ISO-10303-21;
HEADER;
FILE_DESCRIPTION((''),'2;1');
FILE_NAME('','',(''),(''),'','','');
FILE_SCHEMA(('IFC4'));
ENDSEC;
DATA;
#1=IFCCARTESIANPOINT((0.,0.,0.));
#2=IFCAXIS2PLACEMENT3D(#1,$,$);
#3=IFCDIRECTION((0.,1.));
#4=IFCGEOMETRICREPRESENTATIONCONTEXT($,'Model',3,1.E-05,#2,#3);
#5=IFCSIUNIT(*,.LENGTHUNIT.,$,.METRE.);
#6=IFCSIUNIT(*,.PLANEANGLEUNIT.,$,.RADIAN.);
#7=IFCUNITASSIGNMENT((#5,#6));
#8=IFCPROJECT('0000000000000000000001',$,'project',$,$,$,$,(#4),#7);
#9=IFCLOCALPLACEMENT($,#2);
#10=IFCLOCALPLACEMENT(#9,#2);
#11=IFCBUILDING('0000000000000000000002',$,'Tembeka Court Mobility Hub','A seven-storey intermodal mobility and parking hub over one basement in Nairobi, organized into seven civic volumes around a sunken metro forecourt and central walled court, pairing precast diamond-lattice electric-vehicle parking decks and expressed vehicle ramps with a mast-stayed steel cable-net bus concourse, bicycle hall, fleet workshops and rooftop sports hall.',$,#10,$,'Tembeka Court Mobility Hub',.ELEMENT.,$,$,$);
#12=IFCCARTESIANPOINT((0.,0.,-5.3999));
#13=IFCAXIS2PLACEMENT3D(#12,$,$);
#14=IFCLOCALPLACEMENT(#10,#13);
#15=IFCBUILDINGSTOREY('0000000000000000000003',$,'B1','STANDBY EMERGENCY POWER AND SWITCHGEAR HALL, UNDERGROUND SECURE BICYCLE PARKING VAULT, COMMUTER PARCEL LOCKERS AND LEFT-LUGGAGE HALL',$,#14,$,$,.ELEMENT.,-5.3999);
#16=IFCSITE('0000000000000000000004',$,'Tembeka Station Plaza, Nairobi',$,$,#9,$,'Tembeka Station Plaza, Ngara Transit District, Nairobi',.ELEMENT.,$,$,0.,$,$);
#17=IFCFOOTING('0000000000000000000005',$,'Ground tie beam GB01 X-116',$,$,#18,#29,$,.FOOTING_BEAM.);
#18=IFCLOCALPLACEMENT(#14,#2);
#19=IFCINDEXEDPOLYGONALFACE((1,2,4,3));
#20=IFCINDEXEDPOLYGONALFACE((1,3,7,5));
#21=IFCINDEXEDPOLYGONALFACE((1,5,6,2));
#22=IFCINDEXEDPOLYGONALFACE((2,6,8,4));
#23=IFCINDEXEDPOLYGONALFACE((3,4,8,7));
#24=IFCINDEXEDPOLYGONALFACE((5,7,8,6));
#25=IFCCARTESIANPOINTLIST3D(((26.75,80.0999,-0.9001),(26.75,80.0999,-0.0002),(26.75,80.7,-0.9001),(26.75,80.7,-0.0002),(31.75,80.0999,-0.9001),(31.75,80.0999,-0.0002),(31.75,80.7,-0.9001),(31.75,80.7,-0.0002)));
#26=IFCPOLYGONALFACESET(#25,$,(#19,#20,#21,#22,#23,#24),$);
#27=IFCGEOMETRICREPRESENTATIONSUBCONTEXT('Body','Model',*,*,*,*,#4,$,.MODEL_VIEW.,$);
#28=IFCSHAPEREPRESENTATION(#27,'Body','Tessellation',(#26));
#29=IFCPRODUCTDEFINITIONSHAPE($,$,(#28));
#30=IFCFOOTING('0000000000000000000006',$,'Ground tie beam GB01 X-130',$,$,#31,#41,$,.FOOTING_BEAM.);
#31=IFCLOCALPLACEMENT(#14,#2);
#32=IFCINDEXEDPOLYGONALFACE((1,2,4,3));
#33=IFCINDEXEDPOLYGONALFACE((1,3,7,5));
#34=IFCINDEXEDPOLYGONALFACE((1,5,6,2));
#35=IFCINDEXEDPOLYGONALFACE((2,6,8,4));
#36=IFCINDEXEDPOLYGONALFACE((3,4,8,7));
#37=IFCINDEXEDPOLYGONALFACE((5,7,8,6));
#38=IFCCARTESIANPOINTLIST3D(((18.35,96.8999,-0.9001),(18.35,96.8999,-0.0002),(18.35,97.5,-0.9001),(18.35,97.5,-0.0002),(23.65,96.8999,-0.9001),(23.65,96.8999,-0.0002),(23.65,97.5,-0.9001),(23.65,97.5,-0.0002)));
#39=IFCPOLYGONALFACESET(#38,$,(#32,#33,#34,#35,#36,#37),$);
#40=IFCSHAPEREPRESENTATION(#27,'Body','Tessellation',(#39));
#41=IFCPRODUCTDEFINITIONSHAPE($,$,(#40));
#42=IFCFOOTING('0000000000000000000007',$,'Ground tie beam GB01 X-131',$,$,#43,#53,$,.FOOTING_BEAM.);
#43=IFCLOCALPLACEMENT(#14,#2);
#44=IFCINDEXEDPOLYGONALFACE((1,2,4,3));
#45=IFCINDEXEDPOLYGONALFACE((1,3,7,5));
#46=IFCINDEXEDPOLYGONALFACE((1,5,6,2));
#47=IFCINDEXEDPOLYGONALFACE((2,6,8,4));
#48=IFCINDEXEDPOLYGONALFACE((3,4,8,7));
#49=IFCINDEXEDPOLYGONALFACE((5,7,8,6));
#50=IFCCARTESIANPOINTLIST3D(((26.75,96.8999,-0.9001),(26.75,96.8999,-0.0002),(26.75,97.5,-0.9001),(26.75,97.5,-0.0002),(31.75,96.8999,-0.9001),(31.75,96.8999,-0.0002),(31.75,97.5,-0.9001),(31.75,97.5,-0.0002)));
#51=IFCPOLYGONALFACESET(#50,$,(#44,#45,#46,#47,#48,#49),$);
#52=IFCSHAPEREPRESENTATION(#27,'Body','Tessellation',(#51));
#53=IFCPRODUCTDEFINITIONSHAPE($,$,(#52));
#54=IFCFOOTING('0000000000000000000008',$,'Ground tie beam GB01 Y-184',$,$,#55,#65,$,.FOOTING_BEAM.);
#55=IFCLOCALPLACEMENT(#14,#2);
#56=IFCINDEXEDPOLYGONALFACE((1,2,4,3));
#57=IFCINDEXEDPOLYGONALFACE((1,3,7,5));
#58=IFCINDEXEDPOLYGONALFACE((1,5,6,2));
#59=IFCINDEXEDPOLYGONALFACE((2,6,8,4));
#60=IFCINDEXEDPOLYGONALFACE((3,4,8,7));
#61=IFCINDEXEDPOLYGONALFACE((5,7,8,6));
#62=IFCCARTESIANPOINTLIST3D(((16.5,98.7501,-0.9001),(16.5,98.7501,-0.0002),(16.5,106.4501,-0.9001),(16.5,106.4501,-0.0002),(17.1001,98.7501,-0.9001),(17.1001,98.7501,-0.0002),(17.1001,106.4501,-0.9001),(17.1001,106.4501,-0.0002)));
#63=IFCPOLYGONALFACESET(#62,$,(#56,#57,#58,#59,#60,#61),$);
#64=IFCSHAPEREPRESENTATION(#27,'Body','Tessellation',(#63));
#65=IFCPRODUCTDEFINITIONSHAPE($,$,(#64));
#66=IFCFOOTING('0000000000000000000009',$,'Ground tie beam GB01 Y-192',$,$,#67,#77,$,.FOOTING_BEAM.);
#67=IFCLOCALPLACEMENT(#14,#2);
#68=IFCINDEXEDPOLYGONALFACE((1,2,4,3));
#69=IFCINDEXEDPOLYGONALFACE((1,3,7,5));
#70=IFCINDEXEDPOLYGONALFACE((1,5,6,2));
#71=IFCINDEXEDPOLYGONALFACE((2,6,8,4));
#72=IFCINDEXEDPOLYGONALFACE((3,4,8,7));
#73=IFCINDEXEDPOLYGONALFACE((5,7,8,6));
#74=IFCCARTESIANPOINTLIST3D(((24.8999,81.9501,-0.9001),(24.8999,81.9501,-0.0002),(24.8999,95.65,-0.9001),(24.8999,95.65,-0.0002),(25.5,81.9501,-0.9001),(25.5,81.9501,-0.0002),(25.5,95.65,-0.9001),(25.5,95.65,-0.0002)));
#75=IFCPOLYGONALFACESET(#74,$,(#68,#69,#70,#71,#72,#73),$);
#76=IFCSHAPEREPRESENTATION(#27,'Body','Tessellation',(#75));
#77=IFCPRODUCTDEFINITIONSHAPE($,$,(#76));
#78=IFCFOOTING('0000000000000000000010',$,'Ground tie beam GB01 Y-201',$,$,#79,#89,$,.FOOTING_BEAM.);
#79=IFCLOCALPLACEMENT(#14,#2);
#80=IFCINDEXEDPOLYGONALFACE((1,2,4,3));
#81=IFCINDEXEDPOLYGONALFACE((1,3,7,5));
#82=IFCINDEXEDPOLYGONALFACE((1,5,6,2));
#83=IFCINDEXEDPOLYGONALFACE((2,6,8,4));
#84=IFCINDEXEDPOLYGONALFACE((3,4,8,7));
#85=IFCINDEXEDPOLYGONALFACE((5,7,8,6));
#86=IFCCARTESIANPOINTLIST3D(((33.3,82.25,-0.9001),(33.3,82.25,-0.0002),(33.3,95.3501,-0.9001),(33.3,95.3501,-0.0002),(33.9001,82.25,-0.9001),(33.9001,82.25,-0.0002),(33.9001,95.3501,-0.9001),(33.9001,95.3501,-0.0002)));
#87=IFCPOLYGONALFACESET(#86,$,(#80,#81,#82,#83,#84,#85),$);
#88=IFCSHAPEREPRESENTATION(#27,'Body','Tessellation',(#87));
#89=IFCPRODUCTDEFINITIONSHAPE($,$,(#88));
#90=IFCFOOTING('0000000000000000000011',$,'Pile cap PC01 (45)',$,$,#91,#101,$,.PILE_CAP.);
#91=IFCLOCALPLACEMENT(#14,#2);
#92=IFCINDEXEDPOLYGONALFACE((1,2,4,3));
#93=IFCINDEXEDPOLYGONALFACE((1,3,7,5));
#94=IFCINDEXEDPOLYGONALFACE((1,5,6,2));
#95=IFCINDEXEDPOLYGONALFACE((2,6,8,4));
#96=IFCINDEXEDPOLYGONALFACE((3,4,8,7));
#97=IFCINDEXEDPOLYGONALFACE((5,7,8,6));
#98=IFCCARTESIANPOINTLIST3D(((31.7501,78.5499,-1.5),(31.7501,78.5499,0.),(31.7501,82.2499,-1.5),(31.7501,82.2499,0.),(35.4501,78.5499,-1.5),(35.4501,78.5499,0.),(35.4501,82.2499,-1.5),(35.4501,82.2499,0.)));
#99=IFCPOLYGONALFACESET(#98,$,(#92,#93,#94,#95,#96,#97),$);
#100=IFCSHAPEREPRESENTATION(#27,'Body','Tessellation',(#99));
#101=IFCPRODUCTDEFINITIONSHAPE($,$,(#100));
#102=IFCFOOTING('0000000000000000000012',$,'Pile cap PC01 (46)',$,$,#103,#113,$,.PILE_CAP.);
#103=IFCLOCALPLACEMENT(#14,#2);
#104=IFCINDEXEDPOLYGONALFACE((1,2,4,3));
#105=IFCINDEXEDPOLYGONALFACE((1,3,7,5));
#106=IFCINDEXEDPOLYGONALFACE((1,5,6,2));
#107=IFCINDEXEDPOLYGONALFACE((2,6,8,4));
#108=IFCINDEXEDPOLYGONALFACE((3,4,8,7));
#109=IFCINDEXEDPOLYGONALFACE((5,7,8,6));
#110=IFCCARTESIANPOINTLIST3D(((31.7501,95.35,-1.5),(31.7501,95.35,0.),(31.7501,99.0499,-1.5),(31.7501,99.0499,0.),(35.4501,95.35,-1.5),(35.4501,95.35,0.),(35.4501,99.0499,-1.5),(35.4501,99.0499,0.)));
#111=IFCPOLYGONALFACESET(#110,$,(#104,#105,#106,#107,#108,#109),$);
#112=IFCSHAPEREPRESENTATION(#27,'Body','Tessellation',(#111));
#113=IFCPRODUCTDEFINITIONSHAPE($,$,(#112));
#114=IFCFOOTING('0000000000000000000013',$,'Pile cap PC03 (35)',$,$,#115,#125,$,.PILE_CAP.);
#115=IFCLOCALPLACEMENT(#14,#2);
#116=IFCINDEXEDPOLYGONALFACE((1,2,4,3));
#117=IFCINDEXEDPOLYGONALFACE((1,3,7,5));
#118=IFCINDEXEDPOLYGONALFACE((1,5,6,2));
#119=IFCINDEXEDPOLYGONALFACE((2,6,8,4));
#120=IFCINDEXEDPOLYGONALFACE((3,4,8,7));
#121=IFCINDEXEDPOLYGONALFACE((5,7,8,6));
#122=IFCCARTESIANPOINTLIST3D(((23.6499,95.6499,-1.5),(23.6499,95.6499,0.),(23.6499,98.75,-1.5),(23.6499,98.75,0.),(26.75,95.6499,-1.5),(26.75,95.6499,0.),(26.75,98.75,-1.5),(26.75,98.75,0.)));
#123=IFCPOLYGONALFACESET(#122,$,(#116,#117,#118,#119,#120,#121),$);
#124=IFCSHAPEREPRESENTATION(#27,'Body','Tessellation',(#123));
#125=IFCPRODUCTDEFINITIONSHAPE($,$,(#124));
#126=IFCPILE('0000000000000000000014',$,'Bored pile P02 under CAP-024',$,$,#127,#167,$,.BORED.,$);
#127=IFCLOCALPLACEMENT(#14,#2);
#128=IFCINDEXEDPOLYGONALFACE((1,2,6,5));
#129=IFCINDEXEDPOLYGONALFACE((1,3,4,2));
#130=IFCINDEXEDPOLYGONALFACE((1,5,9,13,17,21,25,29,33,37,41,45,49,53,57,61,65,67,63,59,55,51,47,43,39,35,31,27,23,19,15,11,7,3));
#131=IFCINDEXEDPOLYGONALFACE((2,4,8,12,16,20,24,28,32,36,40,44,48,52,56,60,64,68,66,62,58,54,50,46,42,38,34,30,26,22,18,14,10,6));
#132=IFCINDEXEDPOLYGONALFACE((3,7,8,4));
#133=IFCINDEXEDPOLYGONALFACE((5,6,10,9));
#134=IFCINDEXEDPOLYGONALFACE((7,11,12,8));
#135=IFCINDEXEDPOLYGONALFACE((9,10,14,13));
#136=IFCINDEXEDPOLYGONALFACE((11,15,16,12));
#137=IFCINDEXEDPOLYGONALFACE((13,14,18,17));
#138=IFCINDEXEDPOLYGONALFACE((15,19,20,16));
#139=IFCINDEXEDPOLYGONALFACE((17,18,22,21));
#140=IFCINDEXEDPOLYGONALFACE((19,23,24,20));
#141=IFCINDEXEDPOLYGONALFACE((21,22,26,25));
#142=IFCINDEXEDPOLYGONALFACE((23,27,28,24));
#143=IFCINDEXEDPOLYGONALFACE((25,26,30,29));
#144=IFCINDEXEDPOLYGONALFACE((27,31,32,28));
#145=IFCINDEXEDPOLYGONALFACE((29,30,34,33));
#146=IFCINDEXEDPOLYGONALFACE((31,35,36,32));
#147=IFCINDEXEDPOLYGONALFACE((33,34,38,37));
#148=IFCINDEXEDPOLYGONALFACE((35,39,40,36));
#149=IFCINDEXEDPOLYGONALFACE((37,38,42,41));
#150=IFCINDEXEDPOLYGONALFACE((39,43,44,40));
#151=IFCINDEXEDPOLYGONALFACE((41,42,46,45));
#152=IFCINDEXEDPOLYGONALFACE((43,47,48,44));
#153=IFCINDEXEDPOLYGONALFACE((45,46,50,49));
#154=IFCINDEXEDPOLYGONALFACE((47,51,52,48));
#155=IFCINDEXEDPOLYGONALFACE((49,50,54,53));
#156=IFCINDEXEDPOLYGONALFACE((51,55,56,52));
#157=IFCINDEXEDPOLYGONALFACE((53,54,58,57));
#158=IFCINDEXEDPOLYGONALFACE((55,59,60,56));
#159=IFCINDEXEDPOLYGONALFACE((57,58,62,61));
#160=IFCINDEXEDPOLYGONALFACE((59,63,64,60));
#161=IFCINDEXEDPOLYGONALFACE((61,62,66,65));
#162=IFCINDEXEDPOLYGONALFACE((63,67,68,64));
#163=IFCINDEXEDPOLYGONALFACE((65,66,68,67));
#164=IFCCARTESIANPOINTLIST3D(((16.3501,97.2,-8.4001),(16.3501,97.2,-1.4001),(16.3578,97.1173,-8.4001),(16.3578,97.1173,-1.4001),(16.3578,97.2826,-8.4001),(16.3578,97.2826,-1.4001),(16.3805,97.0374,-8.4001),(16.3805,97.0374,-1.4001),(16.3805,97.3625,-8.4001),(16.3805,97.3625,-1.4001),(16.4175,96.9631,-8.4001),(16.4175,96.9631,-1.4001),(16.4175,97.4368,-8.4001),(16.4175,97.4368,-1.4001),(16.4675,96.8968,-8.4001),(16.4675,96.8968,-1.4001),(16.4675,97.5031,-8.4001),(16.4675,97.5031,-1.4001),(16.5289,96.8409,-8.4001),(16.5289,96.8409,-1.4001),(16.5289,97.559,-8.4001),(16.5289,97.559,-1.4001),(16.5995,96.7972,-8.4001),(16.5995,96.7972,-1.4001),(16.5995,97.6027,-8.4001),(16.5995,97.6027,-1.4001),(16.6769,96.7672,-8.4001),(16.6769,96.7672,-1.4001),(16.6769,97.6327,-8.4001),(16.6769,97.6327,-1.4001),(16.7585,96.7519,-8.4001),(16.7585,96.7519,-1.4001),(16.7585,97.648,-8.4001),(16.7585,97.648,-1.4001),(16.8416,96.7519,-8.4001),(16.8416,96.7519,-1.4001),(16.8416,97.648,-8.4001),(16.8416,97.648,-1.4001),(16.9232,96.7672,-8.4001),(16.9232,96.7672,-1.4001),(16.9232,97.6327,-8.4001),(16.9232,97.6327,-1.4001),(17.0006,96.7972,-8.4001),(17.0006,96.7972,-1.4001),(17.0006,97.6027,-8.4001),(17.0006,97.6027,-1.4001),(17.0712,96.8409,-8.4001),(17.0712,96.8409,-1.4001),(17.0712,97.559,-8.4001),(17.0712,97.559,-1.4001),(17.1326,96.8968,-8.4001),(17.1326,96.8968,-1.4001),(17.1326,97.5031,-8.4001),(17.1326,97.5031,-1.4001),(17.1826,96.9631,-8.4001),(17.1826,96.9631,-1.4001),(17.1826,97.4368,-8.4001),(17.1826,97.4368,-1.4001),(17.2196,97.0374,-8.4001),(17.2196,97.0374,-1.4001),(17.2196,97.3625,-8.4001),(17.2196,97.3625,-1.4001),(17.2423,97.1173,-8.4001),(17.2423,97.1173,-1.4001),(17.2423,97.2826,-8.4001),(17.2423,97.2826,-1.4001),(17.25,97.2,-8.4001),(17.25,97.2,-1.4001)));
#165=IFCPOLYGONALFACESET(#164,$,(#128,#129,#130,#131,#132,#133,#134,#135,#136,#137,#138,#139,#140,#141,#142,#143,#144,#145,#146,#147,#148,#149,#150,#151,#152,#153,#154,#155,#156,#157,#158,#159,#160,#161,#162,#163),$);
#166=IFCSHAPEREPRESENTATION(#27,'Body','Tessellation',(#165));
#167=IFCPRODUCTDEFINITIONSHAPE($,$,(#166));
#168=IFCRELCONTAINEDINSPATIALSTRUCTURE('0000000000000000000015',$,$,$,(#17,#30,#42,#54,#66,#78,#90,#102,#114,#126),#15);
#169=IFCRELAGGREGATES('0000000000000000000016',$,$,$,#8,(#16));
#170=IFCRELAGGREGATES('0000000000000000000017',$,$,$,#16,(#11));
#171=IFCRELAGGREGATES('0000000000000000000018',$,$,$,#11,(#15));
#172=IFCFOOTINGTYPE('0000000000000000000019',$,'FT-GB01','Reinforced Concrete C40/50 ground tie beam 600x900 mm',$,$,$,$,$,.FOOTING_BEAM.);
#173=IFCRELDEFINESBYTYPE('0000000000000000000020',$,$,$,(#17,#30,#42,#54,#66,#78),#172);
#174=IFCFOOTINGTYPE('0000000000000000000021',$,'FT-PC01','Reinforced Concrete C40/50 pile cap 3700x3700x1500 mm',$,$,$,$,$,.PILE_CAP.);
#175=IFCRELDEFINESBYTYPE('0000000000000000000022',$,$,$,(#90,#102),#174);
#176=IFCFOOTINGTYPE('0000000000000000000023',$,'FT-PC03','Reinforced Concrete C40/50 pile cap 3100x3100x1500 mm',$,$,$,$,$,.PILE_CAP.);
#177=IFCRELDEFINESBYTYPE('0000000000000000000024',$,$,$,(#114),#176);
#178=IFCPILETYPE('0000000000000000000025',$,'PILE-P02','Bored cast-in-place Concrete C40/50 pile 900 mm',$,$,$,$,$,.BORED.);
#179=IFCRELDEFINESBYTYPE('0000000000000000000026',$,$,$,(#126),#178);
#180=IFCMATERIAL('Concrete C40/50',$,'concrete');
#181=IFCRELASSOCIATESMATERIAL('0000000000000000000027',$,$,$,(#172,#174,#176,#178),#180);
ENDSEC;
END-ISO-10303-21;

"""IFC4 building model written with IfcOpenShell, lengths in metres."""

from ifc_helpers import new_model, si_unit, direction, frame, origin, origin_2d, place, context, subcontext, project, spatial, rectangle, circle, extrude, material, material_profile, profile_set, type_object, element, save


model = new_model("IFC4")

# Units and contexts
model_context = context("Model", 3, precision=1e-05, world=origin(), true_north=direction((0.0, 1.0)))
body_context = subcontext(model_context, "Body", "Model", "MODEL_VIEW")
ifc_project = project(units=[si_unit("LENGTHUNIT", "METRE"), si_unit("PLANEANGLEUNIT", "RADIAN")], contexts=[model_context])

# Site, building, storey
site_placement = place(None, origin())
site = spatial("IfcSite", under=ifc_project, at=site_placement, Name="Tembeka Station Plaza, Nairobi", LongName="Tembeka Station Plaza, Ngara Transit District, Nairobi", CompositionType="ELEMENT", RefElevation=0.0)
building_placement = place(site_placement, origin())
building = spatial("IfcBuilding", under=site, at=building_placement, Name="Tembeka Court Mobility Hub", Description="A seven-storey intermodal mobility and parking hub over one basement in Nairobi, organized into seven civic volumes around a sunken metro forecourt and central walled court, pairing precast diamond-lattice electric-vehicle parking decks and expressed vehicle ramps with a mast-stayed steel cable-net bus concourse, bicycle hall, fleet workshops and rooftop sports hall.", LongName="Tembeka Court Mobility Hub", CompositionType="ELEMENT")
storey_placement = place(building_placement, frame((0.0, 0.0, -5.3999)))
storey = spatial("IfcBuildingStorey", under=building, at=storey_placement, Name="B1", Description="STANDBY EMERGENCY POWER AND SWITCHGEAR HALL, UNDERGROUND SECURE BICYCLE PARKING VAULT, COMMUTER PARCEL LOCKERS AND LEFT-LUGGAGE HALL", CompositionType="ELEMENT", Elevation=-5.3999)

# Footings
ifc_material_1 = material(Name="Concrete C40/50", Category="concrete")
footing_type_1 = type_object("IfcFootingType", Name="FT-GB01", Description="Reinforced Concrete C40/50 ground tie beam 600x900 mm", PredefinedType="FOOTING_BEAM", material=ifc_material_1)
footing_1_placement = place(storey_placement, frame((29.25, 80.3999, -0.9001), z_axis=(0.0, 0.0, 1.0), x_axis=(1.0, 0.0, 0.0)))
element("IfcFooting", 1, at=footing_1_placement, inside=storey, type_object=footing_type_1, Name="Ground tie beam GB01 X-116", PredefinedType="FOOTING_BEAM", context=body_context, shape_type="SweptSolid", body=[
    extrude(rectangle(XDim=5.0, YDim=0.6001, at=origin_2d()), origin(), (0.0, 0.0, 1.0), 0.8999),
])
footing_2_placement = place(storey_placement, frame((21.0, 97.2, -0.9001), z_axis=(0.0, 0.0, 1.0), x_axis=(1.0, 0.0, 0.0)))
element("IfcFooting", 2, at=footing_2_placement, inside=storey, type_object=footing_type_1, Name="Ground tie beam GB01 X-130", PredefinedType="FOOTING_BEAM", context=body_context, shape_type="SweptSolid", body=[
    extrude(rectangle(XDim=5.3, YDim=0.6001, at=origin_2d()), origin(), (0.0, 0.0, 1.0), 0.8999),
])
footing_3_placement = place(storey_placement, frame((29.25, 97.2, -0.9001), z_axis=(0.0, 0.0, 1.0), x_axis=(1.0, 0.0, 0.0)))
element("IfcFooting", 3, at=footing_3_placement, inside=storey, type_object=footing_type_1, Name="Ground tie beam GB01 X-131", PredefinedType="FOOTING_BEAM", context=body_context, shape_type="SweptSolid", body=[
    extrude(rectangle(XDim=5.0, YDim=0.6001, at=origin_2d()), origin(), (0.0, 0.0, 1.0), 0.8999),
])
footing_4_placement = place(storey_placement, frame((16.8, 102.6001, -0.9001), z_axis=(0.0, 0.0, 1.0), x_axis=(0.0, 1.0, 0.0)))
element("IfcFooting", 4, at=footing_4_placement, inside=storey, type_object=footing_type_1, Name="Ground tie beam GB01 Y-184", PredefinedType="FOOTING_BEAM", context=body_context, shape_type="SweptSolid", body=[
    extrude(rectangle(XDim=7.7, YDim=0.6001, at=origin_2d()), origin(), (0.0, 0.0, 1.0), 0.8999),
])
footing_5_placement = place(storey_placement, frame((25.2, 88.8, -0.9001), z_axis=(0.0, 0.0, 1.0), x_axis=(0.0, 1.0, 0.0)))
element("IfcFooting", 5, at=footing_5_placement, inside=storey, type_object=footing_type_1, Name="Ground tie beam GB01 Y-192", PredefinedType="FOOTING_BEAM", context=body_context, shape_type="SweptSolid", body=[
    extrude(rectangle(XDim=13.7, YDim=0.6001, at=origin_2d()), origin(), (0.0, 0.0, 1.0), 0.8999),
])
footing_6_placement = place(storey_placement, frame((33.6001, 88.8, -0.9001), z_axis=(0.0, 0.0, 1.0), x_axis=(0.0, 1.0, 0.0)))
element("IfcFooting", 6, at=footing_6_placement, inside=storey, type_object=footing_type_1, Name="Ground tie beam GB01 Y-201", PredefinedType="FOOTING_BEAM", context=body_context, shape_type="SweptSolid", body=[
    extrude(rectangle(XDim=13.1001, YDim=0.6001, at=origin_2d()), origin(), (0.0, 0.0, 1.0), 0.8999),
])
footing_type_2 = type_object("IfcFootingType", Name="FT-PC01", Description="Reinforced Concrete C40/50 pile cap 3700x3700x1500 mm", PredefinedType="PILE_CAP", material=ifc_material_1)
for number, where, z_axis, x_axis, name in (
    (7, (33.6001, 80.3999, -1.5), (0.0, 0.0, 1.0), (1.0, 0.0, 0.0), "Pile cap PC01 (45)"),
    (8, (33.6001, 97.2, -1.5), (0.0, 0.0, 1.0), (1.0, 0.0, 0.0), "Pile cap PC01 (46)"),
):
    element("IfcFooting", number, at=place(storey_placement, frame(where, z_axis=z_axis, x_axis=x_axis)), inside=storey, type_object=footing_type_2, Name=name, PredefinedType="PILE_CAP", context=body_context, shape_type="SweptSolid", body=[
        extrude(rectangle(XDim=3.7, YDim=3.7, at=origin_2d()), origin(), (0.0, 0.0, 1.0), 1.5),
    ])
footing_type_3 = type_object("IfcFootingType", Name="FT-PC03", Description="Reinforced Concrete C40/50 pile cap 3100x3100x1500 mm", PredefinedType="PILE_CAP", material=ifc_material_1)
footing_7_placement = place(storey_placement, frame((25.2, 97.2, -1.5), z_axis=(0.0, 0.0, 1.0), x_axis=(1.0, 0.0, 0.0)))
element("IfcFooting", 9, at=footing_7_placement, inside=storey, type_object=footing_type_3, Name="Pile cap PC03 (35)", PredefinedType="PILE_CAP", context=body_context, shape_type="SweptSolid", body=[
    extrude(rectangle(XDim=3.1001, YDim=3.1001, at=origin_2d()), origin(), (0.0, 0.0, 1.0), 1.5),
])

# Pile
ifc_material_profile_1 = material_profile(ifc_material_1, circle(Radius=0.45, at=origin_2d()), Name="PILE D900")
ifc_profile_set_1 = profile_set([ifc_material_profile_1], Name="Concrete C40/50")
pile_type = type_object("IfcPileType", Name="PILE-P02", Description="Bored cast-in-place Concrete C40/50 pile 900 mm", PredefinedType="BORED", material=ifc_profile_set_1)
for number, where, z_axis, x_axis, name in (
    (10, (16.8, 97.2, -1.4001), (0.0, 0.0, -1.0), (1.0, 0.0, 0.0), "Bored pile P02 under CAP-024"),
):
    element("IfcPile", number, at=place(storey_placement, frame(where, z_axis=z_axis, x_axis=x_axis)), inside=storey, type_object=pile_type, Name=name, PredefinedType="BORED", context=body_context, shape_type="SweptSolid", body=[
        extrude(circle(Radius=0.45, at=origin_2d()), origin(), (0.0, 0.0, 1.0), 7.0),
    ])

save(model, "model.ifc")
